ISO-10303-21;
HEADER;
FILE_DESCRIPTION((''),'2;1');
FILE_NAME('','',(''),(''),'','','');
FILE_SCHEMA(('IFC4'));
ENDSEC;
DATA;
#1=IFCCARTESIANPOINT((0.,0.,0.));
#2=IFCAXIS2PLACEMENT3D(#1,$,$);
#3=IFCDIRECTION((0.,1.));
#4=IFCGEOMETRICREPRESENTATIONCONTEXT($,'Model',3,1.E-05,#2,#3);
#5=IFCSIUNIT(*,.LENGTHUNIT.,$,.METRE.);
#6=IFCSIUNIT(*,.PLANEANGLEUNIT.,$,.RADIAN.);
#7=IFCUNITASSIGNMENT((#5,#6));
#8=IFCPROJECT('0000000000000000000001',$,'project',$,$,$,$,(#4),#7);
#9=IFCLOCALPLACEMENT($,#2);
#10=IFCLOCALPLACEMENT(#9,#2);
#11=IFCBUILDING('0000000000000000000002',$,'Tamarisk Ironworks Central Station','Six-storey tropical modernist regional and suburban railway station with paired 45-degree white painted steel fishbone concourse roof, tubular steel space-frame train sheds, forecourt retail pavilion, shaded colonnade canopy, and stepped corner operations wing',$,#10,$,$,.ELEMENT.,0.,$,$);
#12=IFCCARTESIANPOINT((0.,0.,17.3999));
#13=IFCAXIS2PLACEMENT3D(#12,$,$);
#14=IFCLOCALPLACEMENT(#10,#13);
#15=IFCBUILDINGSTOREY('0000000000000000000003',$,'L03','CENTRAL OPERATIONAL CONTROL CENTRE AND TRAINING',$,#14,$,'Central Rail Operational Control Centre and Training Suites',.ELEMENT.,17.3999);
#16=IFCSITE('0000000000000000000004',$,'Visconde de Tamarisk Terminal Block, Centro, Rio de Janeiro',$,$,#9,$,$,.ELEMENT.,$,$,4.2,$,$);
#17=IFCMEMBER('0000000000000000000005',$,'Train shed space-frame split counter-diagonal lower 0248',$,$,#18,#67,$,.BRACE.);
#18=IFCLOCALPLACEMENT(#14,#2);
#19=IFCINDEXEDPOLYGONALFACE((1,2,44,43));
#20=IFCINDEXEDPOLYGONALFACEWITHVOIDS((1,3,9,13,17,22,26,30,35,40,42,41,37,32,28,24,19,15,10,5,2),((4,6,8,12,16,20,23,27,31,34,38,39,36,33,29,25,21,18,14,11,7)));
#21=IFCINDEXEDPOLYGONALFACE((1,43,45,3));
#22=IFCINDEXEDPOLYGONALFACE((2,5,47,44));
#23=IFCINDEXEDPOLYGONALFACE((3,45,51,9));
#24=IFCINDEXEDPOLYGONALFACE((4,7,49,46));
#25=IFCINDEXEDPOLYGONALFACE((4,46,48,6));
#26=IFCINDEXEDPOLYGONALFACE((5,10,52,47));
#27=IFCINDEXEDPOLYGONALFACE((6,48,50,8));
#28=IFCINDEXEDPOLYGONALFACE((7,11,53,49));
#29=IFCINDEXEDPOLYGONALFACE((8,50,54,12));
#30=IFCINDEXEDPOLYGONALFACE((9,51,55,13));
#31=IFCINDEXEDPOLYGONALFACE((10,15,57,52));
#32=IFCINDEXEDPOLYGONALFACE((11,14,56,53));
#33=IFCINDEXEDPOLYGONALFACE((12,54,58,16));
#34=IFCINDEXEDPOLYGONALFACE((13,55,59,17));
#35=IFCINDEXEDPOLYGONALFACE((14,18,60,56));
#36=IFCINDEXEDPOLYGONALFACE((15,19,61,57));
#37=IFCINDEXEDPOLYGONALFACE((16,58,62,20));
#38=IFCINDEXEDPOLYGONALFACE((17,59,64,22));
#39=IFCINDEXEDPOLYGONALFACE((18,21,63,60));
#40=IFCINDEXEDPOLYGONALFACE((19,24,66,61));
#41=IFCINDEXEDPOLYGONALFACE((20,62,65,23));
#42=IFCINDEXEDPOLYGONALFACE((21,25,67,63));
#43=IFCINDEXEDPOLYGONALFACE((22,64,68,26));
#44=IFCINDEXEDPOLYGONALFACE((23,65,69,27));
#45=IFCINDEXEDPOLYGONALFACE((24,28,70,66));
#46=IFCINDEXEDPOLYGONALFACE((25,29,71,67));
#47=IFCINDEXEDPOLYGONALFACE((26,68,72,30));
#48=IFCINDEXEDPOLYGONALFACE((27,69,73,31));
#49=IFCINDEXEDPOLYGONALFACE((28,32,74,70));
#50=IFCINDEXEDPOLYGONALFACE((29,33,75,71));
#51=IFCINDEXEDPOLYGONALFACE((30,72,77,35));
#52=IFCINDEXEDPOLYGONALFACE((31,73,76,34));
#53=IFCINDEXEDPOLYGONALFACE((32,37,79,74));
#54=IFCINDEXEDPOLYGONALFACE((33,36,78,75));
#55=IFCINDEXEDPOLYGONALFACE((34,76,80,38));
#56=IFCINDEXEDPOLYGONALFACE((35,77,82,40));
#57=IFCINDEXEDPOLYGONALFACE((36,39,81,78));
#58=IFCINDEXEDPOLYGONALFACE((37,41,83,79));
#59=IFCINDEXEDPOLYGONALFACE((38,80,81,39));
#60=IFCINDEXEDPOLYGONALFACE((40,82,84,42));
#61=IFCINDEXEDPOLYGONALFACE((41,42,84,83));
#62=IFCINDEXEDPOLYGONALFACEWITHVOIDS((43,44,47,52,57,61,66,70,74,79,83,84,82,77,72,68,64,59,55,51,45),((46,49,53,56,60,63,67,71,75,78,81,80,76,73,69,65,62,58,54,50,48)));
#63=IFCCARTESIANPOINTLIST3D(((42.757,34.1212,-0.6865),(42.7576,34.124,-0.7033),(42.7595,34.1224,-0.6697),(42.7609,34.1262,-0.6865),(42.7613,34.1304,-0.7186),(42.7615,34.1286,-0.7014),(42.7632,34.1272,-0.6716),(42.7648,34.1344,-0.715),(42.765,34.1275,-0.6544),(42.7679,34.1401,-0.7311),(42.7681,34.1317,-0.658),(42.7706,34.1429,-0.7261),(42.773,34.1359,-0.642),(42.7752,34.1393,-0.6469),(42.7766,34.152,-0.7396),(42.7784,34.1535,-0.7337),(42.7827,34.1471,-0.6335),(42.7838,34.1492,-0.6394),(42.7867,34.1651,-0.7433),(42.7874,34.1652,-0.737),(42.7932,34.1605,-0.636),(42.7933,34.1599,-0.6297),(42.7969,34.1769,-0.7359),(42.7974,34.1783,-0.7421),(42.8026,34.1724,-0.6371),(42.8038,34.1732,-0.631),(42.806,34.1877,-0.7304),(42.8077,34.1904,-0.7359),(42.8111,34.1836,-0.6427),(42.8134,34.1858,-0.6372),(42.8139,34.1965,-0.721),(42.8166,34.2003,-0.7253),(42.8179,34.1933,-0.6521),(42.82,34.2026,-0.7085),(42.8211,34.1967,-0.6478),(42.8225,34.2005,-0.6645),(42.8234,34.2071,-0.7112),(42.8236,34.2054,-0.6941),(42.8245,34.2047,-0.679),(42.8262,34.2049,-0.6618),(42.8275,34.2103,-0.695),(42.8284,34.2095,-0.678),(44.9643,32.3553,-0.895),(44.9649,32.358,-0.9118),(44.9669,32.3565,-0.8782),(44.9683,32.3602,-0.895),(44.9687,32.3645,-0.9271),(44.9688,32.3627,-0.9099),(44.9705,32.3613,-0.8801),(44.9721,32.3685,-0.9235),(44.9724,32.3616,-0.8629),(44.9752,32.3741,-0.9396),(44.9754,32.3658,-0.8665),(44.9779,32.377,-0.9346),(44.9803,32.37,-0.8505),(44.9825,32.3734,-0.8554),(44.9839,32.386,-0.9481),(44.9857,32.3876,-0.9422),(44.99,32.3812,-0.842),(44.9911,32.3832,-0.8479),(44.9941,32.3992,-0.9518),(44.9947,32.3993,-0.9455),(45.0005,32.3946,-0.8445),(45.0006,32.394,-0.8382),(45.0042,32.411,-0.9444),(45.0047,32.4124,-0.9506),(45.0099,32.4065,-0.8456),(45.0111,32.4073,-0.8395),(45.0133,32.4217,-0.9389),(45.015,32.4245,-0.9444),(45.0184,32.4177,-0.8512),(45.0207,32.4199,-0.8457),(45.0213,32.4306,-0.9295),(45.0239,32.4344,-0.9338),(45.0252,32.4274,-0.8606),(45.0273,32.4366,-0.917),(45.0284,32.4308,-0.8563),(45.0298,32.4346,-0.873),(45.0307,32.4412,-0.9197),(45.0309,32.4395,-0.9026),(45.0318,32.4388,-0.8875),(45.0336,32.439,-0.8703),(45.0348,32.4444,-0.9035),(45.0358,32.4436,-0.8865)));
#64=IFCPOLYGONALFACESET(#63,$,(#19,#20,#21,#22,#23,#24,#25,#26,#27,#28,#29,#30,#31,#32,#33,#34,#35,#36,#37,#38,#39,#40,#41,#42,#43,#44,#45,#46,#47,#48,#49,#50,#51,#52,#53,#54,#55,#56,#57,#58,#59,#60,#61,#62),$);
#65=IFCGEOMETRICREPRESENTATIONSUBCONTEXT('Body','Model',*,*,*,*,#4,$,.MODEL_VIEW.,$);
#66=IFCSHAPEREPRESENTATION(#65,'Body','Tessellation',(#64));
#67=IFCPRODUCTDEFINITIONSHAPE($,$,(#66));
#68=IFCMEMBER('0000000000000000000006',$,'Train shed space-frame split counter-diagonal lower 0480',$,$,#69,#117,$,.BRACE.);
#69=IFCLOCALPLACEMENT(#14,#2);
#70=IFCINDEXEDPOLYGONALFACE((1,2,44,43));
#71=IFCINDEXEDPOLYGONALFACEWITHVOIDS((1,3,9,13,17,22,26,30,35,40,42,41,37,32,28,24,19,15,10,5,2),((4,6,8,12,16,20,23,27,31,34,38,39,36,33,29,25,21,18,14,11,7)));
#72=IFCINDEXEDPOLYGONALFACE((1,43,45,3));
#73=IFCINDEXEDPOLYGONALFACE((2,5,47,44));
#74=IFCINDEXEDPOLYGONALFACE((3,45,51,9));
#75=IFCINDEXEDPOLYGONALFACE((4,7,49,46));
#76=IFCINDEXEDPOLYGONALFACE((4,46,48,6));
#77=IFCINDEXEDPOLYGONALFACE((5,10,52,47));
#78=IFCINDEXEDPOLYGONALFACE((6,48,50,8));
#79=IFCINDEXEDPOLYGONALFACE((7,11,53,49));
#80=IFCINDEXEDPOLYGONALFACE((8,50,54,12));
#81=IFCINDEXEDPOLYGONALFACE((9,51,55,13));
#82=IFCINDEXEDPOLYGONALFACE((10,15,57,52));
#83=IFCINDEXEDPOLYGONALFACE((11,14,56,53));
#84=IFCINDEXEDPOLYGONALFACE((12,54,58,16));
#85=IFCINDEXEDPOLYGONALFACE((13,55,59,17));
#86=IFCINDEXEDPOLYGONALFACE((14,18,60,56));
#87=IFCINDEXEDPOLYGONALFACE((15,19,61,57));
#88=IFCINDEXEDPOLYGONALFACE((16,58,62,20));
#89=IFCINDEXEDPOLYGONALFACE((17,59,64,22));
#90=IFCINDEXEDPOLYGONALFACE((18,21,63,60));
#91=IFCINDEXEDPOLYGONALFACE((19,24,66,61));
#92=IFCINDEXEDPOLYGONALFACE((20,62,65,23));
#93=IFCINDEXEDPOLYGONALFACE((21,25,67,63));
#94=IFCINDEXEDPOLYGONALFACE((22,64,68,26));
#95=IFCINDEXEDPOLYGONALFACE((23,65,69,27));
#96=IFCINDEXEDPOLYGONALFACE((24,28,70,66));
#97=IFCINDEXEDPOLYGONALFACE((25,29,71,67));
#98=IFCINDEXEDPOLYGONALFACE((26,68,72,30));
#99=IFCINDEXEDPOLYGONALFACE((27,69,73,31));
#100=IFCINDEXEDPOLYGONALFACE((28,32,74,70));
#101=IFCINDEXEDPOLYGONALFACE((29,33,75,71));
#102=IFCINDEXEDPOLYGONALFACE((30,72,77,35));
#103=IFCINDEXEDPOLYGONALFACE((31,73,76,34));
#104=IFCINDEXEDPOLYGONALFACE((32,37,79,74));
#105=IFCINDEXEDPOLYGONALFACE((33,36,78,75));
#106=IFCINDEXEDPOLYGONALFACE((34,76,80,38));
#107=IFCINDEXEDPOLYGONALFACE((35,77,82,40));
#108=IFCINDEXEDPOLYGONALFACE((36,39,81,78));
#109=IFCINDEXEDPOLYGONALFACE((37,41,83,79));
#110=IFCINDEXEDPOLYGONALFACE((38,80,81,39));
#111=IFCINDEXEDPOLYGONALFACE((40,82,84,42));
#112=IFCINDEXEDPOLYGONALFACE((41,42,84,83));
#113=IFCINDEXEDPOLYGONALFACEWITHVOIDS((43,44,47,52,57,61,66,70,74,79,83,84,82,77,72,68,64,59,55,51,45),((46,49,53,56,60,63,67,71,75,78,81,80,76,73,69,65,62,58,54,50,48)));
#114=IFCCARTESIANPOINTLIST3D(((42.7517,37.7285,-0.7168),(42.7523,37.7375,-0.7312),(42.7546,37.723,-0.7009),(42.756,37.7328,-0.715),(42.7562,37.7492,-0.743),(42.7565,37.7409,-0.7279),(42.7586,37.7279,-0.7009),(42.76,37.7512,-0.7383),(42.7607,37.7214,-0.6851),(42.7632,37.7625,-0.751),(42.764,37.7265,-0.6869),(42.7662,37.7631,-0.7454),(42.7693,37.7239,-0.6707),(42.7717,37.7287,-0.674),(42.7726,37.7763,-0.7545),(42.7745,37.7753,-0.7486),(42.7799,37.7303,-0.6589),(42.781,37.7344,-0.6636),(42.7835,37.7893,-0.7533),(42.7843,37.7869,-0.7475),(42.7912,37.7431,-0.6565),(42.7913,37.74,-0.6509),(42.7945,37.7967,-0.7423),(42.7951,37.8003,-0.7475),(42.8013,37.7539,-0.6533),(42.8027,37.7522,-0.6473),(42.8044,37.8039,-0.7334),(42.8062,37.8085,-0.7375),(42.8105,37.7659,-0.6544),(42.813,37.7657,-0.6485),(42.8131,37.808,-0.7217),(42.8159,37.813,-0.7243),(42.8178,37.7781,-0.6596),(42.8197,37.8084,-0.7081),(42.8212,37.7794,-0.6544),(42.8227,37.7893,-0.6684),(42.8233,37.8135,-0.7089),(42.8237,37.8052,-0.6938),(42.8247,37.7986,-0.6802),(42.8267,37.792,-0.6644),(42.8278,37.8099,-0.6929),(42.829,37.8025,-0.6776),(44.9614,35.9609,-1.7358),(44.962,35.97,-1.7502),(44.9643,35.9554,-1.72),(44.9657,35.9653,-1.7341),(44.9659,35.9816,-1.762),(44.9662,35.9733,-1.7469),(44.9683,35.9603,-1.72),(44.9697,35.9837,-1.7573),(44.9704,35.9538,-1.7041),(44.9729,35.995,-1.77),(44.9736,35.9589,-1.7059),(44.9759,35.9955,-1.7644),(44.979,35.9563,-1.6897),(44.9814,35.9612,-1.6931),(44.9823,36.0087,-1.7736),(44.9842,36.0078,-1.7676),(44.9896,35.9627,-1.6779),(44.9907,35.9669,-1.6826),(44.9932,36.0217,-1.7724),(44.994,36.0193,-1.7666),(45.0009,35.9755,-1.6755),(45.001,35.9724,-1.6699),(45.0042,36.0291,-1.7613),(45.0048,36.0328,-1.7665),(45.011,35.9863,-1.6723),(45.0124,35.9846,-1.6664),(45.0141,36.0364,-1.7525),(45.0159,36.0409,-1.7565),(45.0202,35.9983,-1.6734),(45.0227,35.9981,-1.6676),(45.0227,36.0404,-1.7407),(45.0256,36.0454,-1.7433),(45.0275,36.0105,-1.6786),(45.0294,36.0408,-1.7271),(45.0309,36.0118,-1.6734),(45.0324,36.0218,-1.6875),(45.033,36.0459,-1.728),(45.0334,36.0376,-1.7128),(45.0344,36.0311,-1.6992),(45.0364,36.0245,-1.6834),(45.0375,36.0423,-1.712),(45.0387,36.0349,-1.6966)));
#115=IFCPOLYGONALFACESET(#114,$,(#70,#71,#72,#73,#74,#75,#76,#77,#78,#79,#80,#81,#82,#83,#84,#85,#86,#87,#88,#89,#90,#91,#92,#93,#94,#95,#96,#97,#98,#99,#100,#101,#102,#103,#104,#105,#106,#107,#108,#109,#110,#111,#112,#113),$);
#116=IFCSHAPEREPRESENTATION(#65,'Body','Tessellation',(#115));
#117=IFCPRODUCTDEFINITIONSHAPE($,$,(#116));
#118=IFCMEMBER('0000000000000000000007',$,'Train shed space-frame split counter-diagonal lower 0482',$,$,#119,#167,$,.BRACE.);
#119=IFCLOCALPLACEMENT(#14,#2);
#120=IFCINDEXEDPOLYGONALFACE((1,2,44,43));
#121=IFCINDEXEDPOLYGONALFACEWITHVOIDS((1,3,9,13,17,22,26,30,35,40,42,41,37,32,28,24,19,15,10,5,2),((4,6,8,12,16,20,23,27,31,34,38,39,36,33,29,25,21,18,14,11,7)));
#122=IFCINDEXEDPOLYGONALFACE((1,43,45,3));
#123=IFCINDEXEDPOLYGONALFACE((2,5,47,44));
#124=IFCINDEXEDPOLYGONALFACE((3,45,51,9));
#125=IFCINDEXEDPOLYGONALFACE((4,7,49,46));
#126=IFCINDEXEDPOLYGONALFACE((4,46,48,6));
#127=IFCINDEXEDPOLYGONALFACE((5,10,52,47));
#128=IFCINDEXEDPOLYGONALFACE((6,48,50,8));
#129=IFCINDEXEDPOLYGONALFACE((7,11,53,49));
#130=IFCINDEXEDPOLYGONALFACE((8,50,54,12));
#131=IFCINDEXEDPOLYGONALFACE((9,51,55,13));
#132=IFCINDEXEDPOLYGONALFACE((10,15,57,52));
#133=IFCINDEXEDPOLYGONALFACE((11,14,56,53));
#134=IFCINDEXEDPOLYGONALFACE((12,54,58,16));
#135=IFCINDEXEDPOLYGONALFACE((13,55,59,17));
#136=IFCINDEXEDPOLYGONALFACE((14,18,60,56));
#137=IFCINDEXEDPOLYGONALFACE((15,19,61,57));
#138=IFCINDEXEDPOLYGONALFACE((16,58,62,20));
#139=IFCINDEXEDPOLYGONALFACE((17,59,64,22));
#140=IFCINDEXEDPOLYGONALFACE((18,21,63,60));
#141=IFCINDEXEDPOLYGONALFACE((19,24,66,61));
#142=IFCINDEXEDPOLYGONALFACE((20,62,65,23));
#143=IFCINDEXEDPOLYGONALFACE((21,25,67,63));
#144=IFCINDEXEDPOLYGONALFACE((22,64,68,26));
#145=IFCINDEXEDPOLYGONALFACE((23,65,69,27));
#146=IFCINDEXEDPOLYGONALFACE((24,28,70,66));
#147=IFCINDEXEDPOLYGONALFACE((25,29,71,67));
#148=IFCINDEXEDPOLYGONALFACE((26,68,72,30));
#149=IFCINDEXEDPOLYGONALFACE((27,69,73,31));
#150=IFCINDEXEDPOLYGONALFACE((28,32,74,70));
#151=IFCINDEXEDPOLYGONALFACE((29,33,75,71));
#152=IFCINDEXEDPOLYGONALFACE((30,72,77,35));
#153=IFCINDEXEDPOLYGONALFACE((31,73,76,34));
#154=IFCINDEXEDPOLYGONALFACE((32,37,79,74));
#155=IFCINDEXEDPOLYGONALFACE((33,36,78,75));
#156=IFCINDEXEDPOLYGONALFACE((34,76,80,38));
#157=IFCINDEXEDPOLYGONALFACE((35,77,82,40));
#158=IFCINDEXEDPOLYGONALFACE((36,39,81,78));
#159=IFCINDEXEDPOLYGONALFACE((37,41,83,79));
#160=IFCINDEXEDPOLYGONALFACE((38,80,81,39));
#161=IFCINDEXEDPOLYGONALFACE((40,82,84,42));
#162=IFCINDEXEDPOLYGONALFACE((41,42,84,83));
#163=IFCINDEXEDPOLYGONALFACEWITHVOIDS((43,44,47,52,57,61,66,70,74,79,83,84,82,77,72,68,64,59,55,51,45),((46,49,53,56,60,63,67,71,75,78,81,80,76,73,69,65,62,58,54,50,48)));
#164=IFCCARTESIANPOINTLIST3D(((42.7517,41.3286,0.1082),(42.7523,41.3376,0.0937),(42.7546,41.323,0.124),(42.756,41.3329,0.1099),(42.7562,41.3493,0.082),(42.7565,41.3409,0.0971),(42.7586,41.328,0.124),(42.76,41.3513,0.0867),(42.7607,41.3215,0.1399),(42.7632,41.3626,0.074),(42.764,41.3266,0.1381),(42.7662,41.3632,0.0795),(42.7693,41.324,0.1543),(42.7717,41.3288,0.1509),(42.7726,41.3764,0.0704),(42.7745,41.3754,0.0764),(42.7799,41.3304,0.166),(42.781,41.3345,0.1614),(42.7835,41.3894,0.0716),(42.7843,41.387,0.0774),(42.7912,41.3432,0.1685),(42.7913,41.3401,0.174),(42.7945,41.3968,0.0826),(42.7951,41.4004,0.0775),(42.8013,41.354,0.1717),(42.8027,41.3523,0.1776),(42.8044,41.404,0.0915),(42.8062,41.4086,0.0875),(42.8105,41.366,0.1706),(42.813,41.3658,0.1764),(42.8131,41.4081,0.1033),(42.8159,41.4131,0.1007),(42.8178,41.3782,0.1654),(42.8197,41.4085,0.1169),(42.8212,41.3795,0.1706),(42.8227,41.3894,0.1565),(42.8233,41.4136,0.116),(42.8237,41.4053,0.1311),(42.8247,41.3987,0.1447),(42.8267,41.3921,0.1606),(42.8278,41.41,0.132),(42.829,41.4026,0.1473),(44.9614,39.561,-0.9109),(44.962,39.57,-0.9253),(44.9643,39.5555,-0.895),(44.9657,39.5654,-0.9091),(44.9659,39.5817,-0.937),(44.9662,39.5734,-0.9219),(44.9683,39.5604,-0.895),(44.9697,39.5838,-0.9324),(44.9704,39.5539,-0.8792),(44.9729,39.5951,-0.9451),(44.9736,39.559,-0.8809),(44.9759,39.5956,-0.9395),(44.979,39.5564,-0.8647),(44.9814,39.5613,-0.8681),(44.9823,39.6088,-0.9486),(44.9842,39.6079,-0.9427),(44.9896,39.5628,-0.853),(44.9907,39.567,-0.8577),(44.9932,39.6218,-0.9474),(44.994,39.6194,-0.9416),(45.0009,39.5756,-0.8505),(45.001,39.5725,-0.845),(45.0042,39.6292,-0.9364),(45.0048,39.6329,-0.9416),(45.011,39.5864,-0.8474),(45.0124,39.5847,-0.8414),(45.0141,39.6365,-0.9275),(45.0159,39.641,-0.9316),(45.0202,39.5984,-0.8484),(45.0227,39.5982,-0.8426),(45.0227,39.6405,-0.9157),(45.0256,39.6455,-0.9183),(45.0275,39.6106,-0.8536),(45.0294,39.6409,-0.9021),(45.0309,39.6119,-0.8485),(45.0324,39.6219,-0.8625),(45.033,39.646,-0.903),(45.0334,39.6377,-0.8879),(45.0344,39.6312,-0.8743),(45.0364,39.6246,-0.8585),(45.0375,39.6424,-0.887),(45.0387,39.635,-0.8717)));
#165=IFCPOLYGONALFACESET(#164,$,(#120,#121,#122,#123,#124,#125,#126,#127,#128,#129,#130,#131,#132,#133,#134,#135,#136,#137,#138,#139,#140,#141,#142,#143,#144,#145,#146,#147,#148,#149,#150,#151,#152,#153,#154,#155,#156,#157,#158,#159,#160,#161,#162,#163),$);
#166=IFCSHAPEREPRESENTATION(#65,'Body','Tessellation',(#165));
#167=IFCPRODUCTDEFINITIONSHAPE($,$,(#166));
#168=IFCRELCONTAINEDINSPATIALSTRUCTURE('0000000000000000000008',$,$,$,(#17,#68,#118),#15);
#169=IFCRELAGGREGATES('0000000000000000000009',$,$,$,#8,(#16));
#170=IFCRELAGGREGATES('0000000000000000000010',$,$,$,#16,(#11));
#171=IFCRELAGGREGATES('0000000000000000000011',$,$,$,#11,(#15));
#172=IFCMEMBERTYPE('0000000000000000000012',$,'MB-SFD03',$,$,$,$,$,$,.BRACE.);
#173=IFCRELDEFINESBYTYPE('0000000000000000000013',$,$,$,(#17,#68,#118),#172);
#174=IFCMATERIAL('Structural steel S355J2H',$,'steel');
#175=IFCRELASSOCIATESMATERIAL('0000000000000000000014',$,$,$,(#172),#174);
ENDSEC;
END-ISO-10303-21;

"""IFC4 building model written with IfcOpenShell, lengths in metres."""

from ifc_helpers import new_model, si_unit, direction, frame, origin, origin_2d, place, context, subcontext, project, spatial, hollow_circle, extrude, material, material_profile, profile_set, type_object, element, save


model = new_model("IFC4")

# Units and contexts
model_context = context("Model", 3, precision=1e-05, world=origin(), true_north=direction((0.0, 1.0)))
body_context = subcontext(model_context, "Body", "Model", "MODEL_VIEW")
ifc_project = project(units=[si_unit("LENGTHUNIT", "METRE"), si_unit("PLANEANGLEUNIT", "RADIAN")], contexts=[model_context])

# Site, building, storey
site_placement = place(None, origin())
site = spatial("IfcSite", under=ifc_project, at=site_placement, Name="Visconde de Tamarisk Terminal Block, Centro, Rio de Janeiro", CompositionType="ELEMENT", RefElevation=4.2)
building_placement = place(site_placement, origin())
building = spatial("IfcBuilding", under=site, at=building_placement, Name="Tamarisk Ironworks Central Station", Description="Six-storey tropical modernist regional and suburban railway station with paired 45-degree white painted steel fishbone concourse roof, tubular steel space-frame train sheds, forecourt retail pavilion, shaded colonnade canopy, and stepped corner operations wing", CompositionType="ELEMENT", ElevationOfRefHeight=0.0)
storey_placement = place(building_placement, frame((0.0, 0.0, 17.3999)))
storey = spatial("IfcBuildingStorey", under=building, at=storey_placement, Name="L03", Description="CENTRAL OPERATIONAL CONTROL CENTRE AND TRAINING", LongName="Central Rail Operational Control Centre and Training Suites", CompositionType="ELEMENT", Elevation=17.3999)

# Members
ifc_material_1 = material(Name="Structural steel S355J2H", Category="steel")
ifc_material_profile_1 = material_profile(ifc_material_1, hollow_circle(Radius=0.0571, WallThickness=0.0063, at=origin_2d()), Name="CHS 114.3x6.3")
ifc_profile_set_1 = profile_set([ifc_material_profile_1], Name="Structural steel S355J2H")
member_type_1 = type_object("IfcMemberType", Name="MB-SFD03", PredefinedType="BRACE", material=ifc_profile_set_1)
member_1_placement = place(storey_placement, frame((45.0, 32.3999, -0.895), z_axis=(-0.778745, 0.623013, 0.073559), x_axis=(-0.624706, -0.78086, 0.0)))
element("IfcMember", 1, at=member_1_placement, inside=storey, type_object=member_type_1, Name="Train shed space-frame split counter-diagonal lower 0248", PredefinedType="BRACE", context=body_context, shape_type="SweptSolid", body=[
    extrude(hollow_circle(Radius=0.0571, WallThickness=0.0063, at=origin_2d()), origin(), (0.0, 0.0, 1.0), 2.8345),
])
for number, where, z_axis, x_axis, name in (
    (2, (45.0, 36.0, -1.72), (-0.734712, 0.587705, 0.338823), (-0.624653, -0.780902, 0.0), "Train shed space-frame split counter-diagonal lower 0480"),
    (3, (45.0, 39.6001, -0.895), (-0.734712, 0.587705, 0.338823), (-0.624653, -0.780902, 0.0), "Train shed space-frame split counter-diagonal lower 0482"),
):
    element("IfcMember", number, at=place(storey_placement, frame(where, z_axis=z_axis, x_axis=x_axis)), inside=storey, type_object=member_type_1, Name=name, PredefinedType="BRACE", context=body_context, shape_type="SweptSolid", body=[
        extrude(hollow_circle(Radius=0.0571, WallThickness=0.0063, at=origin_2d()), origin(), (0.0, 0.0, 1.0), 3.0076),
    ])

save(model, "model.ifc")
